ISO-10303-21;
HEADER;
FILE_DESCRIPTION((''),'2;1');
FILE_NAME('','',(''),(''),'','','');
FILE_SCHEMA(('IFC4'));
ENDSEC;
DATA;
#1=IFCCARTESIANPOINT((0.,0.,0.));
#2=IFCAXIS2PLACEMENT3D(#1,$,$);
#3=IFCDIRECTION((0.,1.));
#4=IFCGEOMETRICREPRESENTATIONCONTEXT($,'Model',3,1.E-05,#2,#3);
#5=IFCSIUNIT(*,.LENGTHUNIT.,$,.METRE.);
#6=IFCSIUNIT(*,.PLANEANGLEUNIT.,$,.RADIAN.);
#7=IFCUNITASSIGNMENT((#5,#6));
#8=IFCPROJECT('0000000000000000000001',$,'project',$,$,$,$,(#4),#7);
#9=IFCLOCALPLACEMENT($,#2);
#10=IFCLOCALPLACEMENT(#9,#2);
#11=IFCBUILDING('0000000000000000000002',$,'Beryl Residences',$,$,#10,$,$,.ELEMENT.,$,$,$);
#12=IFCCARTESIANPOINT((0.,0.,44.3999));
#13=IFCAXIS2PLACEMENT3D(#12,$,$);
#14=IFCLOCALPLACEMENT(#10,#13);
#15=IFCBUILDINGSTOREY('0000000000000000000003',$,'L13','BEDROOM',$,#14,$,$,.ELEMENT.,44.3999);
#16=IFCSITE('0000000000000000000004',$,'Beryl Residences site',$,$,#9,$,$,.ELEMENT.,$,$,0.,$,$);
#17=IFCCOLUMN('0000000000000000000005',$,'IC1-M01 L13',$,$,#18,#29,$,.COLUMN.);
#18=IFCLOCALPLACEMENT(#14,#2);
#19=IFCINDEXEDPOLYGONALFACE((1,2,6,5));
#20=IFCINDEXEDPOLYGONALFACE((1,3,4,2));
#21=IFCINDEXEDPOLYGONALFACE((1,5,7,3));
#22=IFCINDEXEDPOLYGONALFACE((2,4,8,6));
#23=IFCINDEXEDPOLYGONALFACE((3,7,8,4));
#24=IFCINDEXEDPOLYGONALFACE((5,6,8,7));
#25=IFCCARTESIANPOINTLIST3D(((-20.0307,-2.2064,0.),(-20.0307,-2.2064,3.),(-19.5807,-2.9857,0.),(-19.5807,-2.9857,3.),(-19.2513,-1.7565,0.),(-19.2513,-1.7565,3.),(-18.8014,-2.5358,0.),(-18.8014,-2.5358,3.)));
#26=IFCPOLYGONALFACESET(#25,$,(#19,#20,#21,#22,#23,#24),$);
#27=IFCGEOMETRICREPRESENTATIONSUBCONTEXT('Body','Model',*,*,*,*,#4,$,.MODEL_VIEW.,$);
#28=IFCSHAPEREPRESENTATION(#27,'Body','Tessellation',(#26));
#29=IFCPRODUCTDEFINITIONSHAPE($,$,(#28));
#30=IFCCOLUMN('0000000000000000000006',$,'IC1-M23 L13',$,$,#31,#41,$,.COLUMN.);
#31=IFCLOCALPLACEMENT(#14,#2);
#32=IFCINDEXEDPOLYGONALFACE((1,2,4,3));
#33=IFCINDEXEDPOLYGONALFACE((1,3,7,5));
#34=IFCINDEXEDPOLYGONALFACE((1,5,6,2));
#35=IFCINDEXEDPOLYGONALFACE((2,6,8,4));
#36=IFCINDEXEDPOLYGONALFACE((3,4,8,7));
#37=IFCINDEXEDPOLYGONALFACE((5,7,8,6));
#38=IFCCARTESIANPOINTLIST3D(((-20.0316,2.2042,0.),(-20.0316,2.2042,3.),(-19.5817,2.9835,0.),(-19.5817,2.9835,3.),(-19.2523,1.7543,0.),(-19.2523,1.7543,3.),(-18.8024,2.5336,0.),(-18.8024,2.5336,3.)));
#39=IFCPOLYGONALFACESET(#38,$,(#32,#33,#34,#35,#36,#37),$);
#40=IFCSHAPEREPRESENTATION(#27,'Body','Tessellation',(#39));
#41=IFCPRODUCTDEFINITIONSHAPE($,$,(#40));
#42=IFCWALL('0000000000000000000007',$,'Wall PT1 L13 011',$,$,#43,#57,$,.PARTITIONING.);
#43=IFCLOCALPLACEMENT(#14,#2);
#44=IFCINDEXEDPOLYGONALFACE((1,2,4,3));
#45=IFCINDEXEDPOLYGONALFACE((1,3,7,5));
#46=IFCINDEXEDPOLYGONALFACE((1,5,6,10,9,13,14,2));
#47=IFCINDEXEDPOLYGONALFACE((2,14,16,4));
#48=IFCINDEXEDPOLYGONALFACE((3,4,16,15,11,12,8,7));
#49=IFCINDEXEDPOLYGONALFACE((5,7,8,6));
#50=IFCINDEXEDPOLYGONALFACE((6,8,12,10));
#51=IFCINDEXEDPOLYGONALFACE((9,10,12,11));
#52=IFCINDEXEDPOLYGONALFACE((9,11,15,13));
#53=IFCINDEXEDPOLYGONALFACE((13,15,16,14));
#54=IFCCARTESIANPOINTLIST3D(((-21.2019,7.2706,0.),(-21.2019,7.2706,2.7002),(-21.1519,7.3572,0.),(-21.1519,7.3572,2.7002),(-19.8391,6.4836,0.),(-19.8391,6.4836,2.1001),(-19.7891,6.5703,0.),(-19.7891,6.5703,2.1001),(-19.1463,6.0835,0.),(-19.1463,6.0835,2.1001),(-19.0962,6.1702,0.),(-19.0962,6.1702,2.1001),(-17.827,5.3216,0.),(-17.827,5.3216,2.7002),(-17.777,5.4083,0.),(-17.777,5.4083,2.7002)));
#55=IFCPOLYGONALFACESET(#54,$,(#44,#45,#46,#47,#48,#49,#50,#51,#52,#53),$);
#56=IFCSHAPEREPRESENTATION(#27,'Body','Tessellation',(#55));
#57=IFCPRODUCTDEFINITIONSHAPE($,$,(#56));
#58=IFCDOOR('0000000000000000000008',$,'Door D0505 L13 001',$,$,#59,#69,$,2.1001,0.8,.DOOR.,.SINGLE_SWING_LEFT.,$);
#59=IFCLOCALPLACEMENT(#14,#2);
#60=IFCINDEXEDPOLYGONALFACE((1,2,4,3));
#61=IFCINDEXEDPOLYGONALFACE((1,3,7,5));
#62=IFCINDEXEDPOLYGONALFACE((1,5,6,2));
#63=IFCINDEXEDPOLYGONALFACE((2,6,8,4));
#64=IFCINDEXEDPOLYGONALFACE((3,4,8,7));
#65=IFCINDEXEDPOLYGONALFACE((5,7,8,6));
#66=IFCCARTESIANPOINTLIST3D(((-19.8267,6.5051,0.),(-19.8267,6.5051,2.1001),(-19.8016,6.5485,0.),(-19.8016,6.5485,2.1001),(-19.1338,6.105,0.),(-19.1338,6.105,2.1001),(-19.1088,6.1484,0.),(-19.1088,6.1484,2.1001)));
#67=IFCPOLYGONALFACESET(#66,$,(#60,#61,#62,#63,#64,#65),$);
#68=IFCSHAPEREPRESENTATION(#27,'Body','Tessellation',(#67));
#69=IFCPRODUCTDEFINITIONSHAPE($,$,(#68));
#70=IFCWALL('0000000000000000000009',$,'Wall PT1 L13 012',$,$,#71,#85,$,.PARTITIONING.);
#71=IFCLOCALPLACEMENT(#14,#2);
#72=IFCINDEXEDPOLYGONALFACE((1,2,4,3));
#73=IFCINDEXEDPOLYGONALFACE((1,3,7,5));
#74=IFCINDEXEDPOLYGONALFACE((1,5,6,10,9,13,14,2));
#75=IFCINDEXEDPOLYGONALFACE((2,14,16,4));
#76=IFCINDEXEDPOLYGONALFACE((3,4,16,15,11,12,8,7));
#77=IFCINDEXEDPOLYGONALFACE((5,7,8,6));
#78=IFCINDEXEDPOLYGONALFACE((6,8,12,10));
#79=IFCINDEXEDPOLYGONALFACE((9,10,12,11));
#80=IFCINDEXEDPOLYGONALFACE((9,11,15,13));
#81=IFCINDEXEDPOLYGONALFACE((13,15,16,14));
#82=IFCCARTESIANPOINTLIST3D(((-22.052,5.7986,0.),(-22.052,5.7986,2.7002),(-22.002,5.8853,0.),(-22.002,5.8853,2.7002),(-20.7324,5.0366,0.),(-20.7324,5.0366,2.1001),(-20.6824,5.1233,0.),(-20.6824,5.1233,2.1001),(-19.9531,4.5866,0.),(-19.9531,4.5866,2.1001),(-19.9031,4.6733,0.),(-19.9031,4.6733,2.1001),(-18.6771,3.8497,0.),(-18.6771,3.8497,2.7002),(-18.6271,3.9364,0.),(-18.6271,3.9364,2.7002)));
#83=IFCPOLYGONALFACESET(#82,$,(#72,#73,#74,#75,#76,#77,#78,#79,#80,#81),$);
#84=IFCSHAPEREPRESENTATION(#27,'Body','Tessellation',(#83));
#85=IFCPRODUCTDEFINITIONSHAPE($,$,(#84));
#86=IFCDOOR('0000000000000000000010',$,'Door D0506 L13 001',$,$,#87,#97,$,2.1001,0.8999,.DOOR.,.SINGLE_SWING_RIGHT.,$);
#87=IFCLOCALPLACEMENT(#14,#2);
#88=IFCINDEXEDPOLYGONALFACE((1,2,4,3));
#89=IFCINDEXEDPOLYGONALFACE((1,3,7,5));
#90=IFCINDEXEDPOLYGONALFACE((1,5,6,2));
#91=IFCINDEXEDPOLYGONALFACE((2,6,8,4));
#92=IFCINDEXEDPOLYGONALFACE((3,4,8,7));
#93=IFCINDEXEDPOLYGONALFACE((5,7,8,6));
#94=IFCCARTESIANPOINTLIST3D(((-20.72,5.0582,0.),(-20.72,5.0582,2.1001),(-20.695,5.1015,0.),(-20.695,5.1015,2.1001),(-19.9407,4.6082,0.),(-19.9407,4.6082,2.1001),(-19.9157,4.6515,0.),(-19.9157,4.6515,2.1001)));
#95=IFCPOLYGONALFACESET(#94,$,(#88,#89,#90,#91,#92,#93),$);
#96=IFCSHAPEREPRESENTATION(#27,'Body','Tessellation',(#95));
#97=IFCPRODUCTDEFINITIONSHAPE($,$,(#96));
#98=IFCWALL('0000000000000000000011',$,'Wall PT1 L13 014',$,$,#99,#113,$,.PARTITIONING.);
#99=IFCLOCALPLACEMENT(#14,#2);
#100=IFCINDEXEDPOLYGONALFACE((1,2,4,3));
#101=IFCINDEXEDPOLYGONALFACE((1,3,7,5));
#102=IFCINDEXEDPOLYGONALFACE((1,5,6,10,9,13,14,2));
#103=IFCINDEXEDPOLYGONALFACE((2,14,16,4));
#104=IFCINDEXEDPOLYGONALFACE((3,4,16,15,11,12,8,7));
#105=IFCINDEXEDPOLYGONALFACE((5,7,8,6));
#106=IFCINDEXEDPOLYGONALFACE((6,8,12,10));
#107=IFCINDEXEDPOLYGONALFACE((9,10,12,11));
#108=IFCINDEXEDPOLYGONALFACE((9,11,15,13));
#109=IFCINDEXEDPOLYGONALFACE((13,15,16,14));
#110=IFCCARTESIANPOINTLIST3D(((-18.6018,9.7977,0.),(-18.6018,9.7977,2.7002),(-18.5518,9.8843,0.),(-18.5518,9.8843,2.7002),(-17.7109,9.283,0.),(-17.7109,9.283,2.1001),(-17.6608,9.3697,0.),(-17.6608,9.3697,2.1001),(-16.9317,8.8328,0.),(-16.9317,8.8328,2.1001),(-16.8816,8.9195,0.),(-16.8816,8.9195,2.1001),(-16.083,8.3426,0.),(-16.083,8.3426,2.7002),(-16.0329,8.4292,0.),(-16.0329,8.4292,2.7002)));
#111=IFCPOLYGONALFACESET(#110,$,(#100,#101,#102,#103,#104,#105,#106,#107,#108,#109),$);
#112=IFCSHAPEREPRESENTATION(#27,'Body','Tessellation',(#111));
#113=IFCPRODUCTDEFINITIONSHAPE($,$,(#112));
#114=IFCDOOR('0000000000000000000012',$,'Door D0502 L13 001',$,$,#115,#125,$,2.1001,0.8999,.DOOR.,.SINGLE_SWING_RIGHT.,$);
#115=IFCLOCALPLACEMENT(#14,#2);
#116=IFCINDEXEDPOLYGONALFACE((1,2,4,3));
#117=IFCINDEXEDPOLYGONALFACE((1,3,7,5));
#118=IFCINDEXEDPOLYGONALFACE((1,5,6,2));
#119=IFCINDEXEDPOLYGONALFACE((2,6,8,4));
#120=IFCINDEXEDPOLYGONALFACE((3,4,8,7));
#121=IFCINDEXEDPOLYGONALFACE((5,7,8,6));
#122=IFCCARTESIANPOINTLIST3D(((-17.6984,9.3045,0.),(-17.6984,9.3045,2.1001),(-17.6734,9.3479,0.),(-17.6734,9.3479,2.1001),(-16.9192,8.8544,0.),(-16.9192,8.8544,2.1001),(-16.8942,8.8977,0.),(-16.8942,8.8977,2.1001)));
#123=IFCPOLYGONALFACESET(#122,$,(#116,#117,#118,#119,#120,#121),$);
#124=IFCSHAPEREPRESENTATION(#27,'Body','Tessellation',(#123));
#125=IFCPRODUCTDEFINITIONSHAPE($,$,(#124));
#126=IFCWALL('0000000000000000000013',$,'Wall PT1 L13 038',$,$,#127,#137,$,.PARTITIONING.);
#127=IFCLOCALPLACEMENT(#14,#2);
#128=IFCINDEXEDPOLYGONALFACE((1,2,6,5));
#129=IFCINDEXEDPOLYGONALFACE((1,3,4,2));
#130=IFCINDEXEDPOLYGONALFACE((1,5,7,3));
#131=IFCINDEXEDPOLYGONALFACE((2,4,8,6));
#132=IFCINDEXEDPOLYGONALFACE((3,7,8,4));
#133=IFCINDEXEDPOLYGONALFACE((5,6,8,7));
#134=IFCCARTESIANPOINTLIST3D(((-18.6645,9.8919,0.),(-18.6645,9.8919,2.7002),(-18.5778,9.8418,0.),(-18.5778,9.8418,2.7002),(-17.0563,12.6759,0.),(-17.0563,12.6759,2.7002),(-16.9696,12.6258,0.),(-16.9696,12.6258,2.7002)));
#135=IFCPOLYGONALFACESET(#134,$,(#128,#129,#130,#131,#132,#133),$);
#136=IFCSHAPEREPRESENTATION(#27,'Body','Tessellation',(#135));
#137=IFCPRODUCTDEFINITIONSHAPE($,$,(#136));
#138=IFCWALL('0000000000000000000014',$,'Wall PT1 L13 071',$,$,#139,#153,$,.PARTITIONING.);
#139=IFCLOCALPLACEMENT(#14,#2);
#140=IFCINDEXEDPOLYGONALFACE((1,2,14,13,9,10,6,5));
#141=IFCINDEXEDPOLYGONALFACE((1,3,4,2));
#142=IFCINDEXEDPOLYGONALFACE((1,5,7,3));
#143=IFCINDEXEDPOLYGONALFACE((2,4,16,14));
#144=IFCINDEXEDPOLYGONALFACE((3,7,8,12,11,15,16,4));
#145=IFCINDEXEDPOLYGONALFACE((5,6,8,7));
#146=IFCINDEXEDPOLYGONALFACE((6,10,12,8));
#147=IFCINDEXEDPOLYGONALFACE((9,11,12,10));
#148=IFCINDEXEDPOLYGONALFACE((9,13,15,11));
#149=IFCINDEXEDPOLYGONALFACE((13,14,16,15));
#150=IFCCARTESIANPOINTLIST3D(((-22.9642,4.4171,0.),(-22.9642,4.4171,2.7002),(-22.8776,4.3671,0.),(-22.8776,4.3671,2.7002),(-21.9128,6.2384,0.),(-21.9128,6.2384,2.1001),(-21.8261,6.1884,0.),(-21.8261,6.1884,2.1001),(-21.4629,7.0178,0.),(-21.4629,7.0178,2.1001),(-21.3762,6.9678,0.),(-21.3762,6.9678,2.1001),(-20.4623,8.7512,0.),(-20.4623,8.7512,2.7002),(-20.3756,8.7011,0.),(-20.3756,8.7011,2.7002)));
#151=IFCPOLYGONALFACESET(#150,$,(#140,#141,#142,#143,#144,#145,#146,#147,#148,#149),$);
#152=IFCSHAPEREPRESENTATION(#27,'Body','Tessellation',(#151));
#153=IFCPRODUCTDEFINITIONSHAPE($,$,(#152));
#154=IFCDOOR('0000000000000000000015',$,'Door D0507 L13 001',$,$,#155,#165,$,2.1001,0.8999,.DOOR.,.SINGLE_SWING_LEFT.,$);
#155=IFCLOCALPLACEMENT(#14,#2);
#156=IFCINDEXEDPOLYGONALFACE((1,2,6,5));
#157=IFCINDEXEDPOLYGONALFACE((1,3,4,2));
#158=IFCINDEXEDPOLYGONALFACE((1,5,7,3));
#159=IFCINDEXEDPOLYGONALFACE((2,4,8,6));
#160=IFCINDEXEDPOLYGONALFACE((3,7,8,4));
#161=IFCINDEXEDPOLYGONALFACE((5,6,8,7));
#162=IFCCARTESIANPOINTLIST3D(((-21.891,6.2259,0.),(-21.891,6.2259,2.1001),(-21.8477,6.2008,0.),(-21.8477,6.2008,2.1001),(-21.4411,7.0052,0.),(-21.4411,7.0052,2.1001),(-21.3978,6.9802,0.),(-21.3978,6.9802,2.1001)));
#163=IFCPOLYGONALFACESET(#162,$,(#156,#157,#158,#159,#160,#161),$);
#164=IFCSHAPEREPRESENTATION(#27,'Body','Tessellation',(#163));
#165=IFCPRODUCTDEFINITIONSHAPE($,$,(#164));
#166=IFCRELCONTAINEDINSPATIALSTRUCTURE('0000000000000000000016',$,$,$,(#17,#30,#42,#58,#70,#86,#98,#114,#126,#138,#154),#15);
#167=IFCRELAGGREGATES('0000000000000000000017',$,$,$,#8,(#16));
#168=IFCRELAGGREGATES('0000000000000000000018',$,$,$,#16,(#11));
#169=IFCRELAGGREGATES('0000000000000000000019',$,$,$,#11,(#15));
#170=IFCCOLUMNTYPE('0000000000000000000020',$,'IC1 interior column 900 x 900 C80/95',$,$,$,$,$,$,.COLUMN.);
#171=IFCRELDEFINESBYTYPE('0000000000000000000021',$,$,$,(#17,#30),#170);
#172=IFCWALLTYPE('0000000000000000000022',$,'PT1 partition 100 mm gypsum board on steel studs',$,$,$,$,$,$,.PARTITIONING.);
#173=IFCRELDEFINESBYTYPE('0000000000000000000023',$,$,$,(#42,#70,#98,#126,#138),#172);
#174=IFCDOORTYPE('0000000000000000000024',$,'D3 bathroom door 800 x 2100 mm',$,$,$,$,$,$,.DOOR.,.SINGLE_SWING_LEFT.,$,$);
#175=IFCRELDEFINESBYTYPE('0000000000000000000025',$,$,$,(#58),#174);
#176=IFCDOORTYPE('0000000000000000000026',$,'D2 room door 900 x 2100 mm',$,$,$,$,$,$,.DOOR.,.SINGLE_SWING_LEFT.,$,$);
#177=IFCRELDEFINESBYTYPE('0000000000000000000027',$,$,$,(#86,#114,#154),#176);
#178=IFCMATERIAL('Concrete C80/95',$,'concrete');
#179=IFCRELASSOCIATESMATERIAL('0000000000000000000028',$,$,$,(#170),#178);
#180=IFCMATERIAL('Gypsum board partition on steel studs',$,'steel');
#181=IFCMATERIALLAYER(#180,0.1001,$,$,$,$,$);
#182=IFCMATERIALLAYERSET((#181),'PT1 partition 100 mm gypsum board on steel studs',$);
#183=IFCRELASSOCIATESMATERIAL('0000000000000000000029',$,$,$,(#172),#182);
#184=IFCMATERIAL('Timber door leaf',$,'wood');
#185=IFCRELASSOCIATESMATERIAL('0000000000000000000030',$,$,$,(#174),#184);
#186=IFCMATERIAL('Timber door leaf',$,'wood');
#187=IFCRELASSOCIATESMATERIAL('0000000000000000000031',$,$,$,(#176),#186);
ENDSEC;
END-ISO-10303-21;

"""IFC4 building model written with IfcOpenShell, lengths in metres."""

from ifc_helpers import new_model, si_unit, direction, frame, frame_2d, origin, origin_2d, place, context, subcontext, project, spatial, rectangle, extrude, material, layer, layer_set, material_profile, profile_set, type_object, element, fill, save


model = new_model("IFC4")

# Units and contexts
model_context = context("Model", 3, precision=1e-05, world=origin(), true_north=direction((0.0, 1.0)))
body_context = subcontext(model_context, "Body", "Model", "MODEL_VIEW")
ifc_project = project(units=[si_unit("LENGTHUNIT", "METRE"), si_unit("PLANEANGLEUNIT", "RADIAN")], contexts=[model_context])

# Site, building, storey
site_placement = place(None, origin())
site = spatial("IfcSite", under=ifc_project, at=site_placement, Name="Beryl Residences site", CompositionType="ELEMENT", RefElevation=0.0)
building_placement = place(site_placement, origin())
building = spatial("IfcBuilding", under=site, at=building_placement, Name="Beryl Residences", CompositionType="ELEMENT")
storey_placement = place(building_placement, frame((0.0, 0.0, 44.3999)))
storey = spatial("IfcBuildingStorey", under=building, at=storey_placement, Name="L13", Description="BEDROOM", CompositionType="ELEMENT", Elevation=44.3999)

# Columns
ifc_material_1 = material(Name="Concrete C80/95", Category="concrete")
ifc_material_profile = material_profile(ifc_material_1, rectangle(XDim=0.8999, YDim=0.8999, at=origin_2d()))
ifc_profile_set = profile_set([ifc_material_profile], Name="Concrete C80/95")
column_type = type_object("IfcColumnType", Name="IC1 interior column 900 x 900 C80/95", PredefinedType="COLUMN", material=ifc_profile_set)
for number, where, z_axis, x_axis, name in (
    (1, (-19.416, -2.3711, 0.0), (0.0, 0.0, 1.0), (0.499985, -0.866034, 0.0), "IC1-M01 L13"),
    (2, (-19.417, 2.3689, 0.0), (0.0, 0.0, 1.0), (-0.499985, -0.866034, 0.0), "IC1-M23 L13"),
):
    element("IfcColumn", number, at=place(storey_placement, frame(where, z_axis=z_axis, x_axis=x_axis)), inside=storey, type_object=column_type, Name=name, PredefinedType="COLUMN", context=body_context, shape_type="SweptSolid", body=[
        extrude(rectangle(XDim=0.8999, YDim=0.8999, at=origin_2d()), origin(), (0.0, 0.0, 1.0), 3.0),
    ])

# Walls, openings, doors
ifc_material_2 = material(Name="Gypsum board partition on steel studs", Category="steel")
ifc_layer_1 = layer(ifc_material_2, 0.1001)
ifc_layer_set_1 = layer_set([ifc_layer_1], Name="PT1 partition 100 mm gypsum board on steel studs")
wall_type_1 = type_object("IfcWallType", Name="PT1 partition 100 mm gypsum board on steel studs", PredefinedType="PARTITIONING", material=ifc_layer_set_1)
wall_1_placement = place(storey_placement, frame((-21.177, 7.314, 0.0), z_axis=(0.0, 0.0, 1.0), x_axis=(0.865979, -0.50008, 0.0)))
wall_1 = element("IfcWall", 3, at=wall_1_placement, inside=storey, type_object=wall_type_1, Name="Wall PT1 L13 011", PredefinedType="PARTITIONING", context=body_context, shape_type="SweptSolid", body=[
    extrude(rectangle(XDim=3.8972, YDim=0.1001, at=frame_2d((1.9487, 0.0))), origin(), (0.0, 0.0, 1.0), 2.7002),
])
opening_1_placement = place(wall_1_placement, frame((1.574, 0.0, 0.0)))
opening_1 = element("IfcOpeningElement", 4, at=opening_1_placement, cuts=wall_1, PredefinedType="OPENING", context=body_context, shape_type="SweptSolid", body=[
    extrude(rectangle(XDim=0.8, YDim=2.1001, at=frame_2d((0.3999, 1.05))), frame((0.0, 0.0601, 0.0), z_axis=(0.0, -1.0, 0.0), x_axis=(1.0, 0.0, 0.0)), (0.0, 0.0, 1.0), 0.1201),
])
ifc_material_3 = material(Name="Timber door leaf", Category="wood")
door_type_1 = type_object("IfcDoorType", Name="D3 bathroom door 800 x 2100 mm", OperationType="SINGLE_SWING_LEFT", PredefinedType="DOOR", material=ifc_material_3)
door_1_placement = place(opening_1_placement, origin())
door_1 = element("IfcDoor", 5, at=door_1_placement, inside=storey, type_object=door_type_1, Name="Door D0505 L13 001", OperationType="SINGLE_SWING_LEFT", OverallHeight=2.1001, OverallWidth=0.8, PredefinedType="DOOR", context=body_context, shape_type="SweptSolid", body=[
    extrude(rectangle(XDim=0.8, YDim=2.1001, at=frame_2d((0.3999, 1.05))), frame((0.0, 0.0249, 0.0), z_axis=(0.0, -1.0, 0.0), x_axis=(1.0, 0.0, 0.0)), (0.0, 0.0, 1.0), 0.05),
])
fill(opening_1, door_1)
wall_2_placement = place(storey_placement, frame((-22.0271, 5.842, 0.0), z_axis=(0.0, 0.0, 1.0), x_axis=(0.865979, -0.50008, 0.0)))
wall_2 = element("IfcWall", 6, at=wall_2_placement, inside=storey, type_object=wall_type_1, Name="Wall PT1 L13 012", PredefinedType="PARTITIONING", context=body_context, shape_type="SweptSolid", body=[
    extrude(rectangle(XDim=3.8972, YDim=0.1001, at=frame_2d((1.9487, 0.0))), origin(), (0.0, 0.0, 1.0), 2.7002),
])
opening_2_placement = place(wall_2_placement, frame((1.5239, 0.0, 0.0)))
opening_2 = element("IfcOpeningElement", 7, at=opening_2_placement, cuts=wall_2, PredefinedType="OPENING", context=body_context, shape_type="SweptSolid", body=[
    extrude(rectangle(XDim=0.8999, YDim=2.1001, at=frame_2d((0.45, 1.05))), frame((0.0, 0.0601, 0.0), z_axis=(0.0, -1.0, 0.0), x_axis=(1.0, 0.0, 0.0)), (0.0, 0.0, 1.0), 0.1201),
])
ifc_material_4 = material(Name="Timber door leaf", Category="wood")
door_type_2 = type_object("IfcDoorType", Name="D2 room door 900 x 2100 mm", OperationType="SINGLE_SWING_LEFT", PredefinedType="DOOR", material=ifc_material_4)
door_2_placement = place(opening_2_placement, origin())
door_2 = element("IfcDoor", 8, at=door_2_placement, inside=storey, type_object=door_type_2, Name="Door D0506 L13 001", OperationType="SINGLE_SWING_RIGHT", OverallHeight=2.1001, OverallWidth=0.8999, PredefinedType="DOOR", context=body_context, shape_type="SweptSolid", body=[
    extrude(rectangle(XDim=0.8999, YDim=2.1001, at=frame_2d((0.45, 1.05))), frame((0.0, 0.0249, 0.0), z_axis=(0.0, -1.0, 0.0), x_axis=(1.0, 0.0, 0.0)), (0.0, 0.0, 1.0), 0.05),
])
fill(opening_2, door_2)
wall_3_placement = place(storey_placement, frame((-18.5769, 9.8411, 0.0), z_axis=(0.0, 0.0, 1.0), x_axis=(0.865899, -0.500219, 0.0)))
wall_3 = element("IfcWall", 9, at=wall_3_placement, inside=storey, type_object=wall_type_1, Name="Wall PT1 L13 014", PredefinedType="PARTITIONING", context=body_context, shape_type="SweptSolid", body=[
    extrude(rectangle(XDim=2.9089, YDim=0.1001, at=frame_2d((1.4546, 0.0))), origin(), (0.0, 0.0, 1.0), 2.7002),
])
opening_3_placement = place(wall_3_placement, frame((1.0291, 0.0, 0.0)))
opening_3 = element("IfcOpeningElement", 10, at=opening_3_placement, cuts=wall_3, PredefinedType="OPENING", context=body_context, shape_type="SweptSolid", body=[
    extrude(rectangle(XDim=0.8999, YDim=2.1001, at=frame_2d((0.45, 1.05))), frame((0.0, 0.0601, 0.0), z_axis=(0.0, -1.0, 0.0), x_axis=(1.0, 0.0, 0.0)), (0.0, 0.0, 1.0), 0.1201),
])
door_3_placement = place(opening_3_placement, origin())
door_3 = element("IfcDoor", 11, at=door_3_placement, inside=storey, type_object=door_type_2, Name="Door D0502 L13 001", OperationType="SINGLE_SWING_RIGHT", OverallHeight=2.1001, OverallWidth=0.8999, PredefinedType="DOOR", context=body_context, shape_type="SweptSolid", body=[
    extrude(rectangle(XDim=0.8999, YDim=2.1001, at=frame_2d((0.45, 1.05))), frame((0.0, 0.0249, 0.0), z_axis=(0.0, -1.0, 0.0), x_axis=(1.0, 0.0, 0.0)), (0.0, 0.0, 1.0), 0.05),
])
fill(opening_3, door_3)

# Wall
wall_4_placement = place(storey_placement, frame((-18.6211, 9.8669, 0.0), z_axis=(0.0, 0.0, 1.0), x_axis=(0.500198, 0.865911, 0.0)))
element("IfcWall", 12, at=wall_4_placement, inside=storey, type_object=wall_type_1, Name="Wall PT1 L13 038", PredefinedType="PARTITIONING", context=body_context, shape_type="SweptSolid", body=[
    extrude(rectangle(XDim=3.2151, YDim=0.1001, at=frame_2d((1.6074, 0.0))), origin(), (0.0, 0.0, 1.0), 2.7002),
])

# Wall, opening, door
wall_5_placement = place(storey_placement, frame((-22.9209, 4.3921, 0.0), z_axis=(0.0, 0.0, 1.0), x_axis=(0.499959, 0.866049, 0.0)))
wall_5 = element("IfcWall", 13, at=wall_5_placement, inside=storey, type_object=wall_type_1, Name="Wall PT1 L13 071", PredefinedType="PARTITIONING", context=body_context, shape_type="SweptSolid", body=[
    extrude(rectangle(XDim=5.0044, YDim=0.1001, at=frame_2d((2.5022, 0.0))), origin(), (0.0, 0.0, 1.0), 2.7002),
])
opening_4_placement = place(wall_5_placement, frame((2.103, 0.0, 0.0)))
opening_4 = element("IfcOpeningElement", 14, at=opening_4_placement, cuts=wall_5, PredefinedType="OPENING", context=body_context, shape_type="SweptSolid", body=[
    extrude(rectangle(XDim=0.8999, YDim=2.1001, at=frame_2d((0.45, 1.05))), frame((0.0, 0.0601, 0.0), z_axis=(0.0, -1.0, 0.0), x_axis=(1.0, 0.0, 0.0)), (0.0, 0.0, 1.0), 0.1201),
])
door_4_placement = place(opening_4_placement, origin())
door_4 = element("IfcDoor", 15, at=door_4_placement, inside=storey, type_object=door_type_2, Name="Door D0507 L13 001", OperationType="SINGLE_SWING_LEFT", OverallHeight=2.1001, OverallWidth=0.8999, PredefinedType="DOOR", context=body_context, shape_type="SweptSolid", body=[
    extrude(rectangle(XDim=0.8999, YDim=2.1001, at=frame_2d((0.45, 1.05))), frame((0.0, 0.0249, 0.0), z_axis=(0.0, -1.0, 0.0), x_axis=(1.0, 0.0, 0.0)), (0.0, 0.0, 1.0), 0.05),
])
fill(opening_4, door_4)

save(model, "model.ifc")
